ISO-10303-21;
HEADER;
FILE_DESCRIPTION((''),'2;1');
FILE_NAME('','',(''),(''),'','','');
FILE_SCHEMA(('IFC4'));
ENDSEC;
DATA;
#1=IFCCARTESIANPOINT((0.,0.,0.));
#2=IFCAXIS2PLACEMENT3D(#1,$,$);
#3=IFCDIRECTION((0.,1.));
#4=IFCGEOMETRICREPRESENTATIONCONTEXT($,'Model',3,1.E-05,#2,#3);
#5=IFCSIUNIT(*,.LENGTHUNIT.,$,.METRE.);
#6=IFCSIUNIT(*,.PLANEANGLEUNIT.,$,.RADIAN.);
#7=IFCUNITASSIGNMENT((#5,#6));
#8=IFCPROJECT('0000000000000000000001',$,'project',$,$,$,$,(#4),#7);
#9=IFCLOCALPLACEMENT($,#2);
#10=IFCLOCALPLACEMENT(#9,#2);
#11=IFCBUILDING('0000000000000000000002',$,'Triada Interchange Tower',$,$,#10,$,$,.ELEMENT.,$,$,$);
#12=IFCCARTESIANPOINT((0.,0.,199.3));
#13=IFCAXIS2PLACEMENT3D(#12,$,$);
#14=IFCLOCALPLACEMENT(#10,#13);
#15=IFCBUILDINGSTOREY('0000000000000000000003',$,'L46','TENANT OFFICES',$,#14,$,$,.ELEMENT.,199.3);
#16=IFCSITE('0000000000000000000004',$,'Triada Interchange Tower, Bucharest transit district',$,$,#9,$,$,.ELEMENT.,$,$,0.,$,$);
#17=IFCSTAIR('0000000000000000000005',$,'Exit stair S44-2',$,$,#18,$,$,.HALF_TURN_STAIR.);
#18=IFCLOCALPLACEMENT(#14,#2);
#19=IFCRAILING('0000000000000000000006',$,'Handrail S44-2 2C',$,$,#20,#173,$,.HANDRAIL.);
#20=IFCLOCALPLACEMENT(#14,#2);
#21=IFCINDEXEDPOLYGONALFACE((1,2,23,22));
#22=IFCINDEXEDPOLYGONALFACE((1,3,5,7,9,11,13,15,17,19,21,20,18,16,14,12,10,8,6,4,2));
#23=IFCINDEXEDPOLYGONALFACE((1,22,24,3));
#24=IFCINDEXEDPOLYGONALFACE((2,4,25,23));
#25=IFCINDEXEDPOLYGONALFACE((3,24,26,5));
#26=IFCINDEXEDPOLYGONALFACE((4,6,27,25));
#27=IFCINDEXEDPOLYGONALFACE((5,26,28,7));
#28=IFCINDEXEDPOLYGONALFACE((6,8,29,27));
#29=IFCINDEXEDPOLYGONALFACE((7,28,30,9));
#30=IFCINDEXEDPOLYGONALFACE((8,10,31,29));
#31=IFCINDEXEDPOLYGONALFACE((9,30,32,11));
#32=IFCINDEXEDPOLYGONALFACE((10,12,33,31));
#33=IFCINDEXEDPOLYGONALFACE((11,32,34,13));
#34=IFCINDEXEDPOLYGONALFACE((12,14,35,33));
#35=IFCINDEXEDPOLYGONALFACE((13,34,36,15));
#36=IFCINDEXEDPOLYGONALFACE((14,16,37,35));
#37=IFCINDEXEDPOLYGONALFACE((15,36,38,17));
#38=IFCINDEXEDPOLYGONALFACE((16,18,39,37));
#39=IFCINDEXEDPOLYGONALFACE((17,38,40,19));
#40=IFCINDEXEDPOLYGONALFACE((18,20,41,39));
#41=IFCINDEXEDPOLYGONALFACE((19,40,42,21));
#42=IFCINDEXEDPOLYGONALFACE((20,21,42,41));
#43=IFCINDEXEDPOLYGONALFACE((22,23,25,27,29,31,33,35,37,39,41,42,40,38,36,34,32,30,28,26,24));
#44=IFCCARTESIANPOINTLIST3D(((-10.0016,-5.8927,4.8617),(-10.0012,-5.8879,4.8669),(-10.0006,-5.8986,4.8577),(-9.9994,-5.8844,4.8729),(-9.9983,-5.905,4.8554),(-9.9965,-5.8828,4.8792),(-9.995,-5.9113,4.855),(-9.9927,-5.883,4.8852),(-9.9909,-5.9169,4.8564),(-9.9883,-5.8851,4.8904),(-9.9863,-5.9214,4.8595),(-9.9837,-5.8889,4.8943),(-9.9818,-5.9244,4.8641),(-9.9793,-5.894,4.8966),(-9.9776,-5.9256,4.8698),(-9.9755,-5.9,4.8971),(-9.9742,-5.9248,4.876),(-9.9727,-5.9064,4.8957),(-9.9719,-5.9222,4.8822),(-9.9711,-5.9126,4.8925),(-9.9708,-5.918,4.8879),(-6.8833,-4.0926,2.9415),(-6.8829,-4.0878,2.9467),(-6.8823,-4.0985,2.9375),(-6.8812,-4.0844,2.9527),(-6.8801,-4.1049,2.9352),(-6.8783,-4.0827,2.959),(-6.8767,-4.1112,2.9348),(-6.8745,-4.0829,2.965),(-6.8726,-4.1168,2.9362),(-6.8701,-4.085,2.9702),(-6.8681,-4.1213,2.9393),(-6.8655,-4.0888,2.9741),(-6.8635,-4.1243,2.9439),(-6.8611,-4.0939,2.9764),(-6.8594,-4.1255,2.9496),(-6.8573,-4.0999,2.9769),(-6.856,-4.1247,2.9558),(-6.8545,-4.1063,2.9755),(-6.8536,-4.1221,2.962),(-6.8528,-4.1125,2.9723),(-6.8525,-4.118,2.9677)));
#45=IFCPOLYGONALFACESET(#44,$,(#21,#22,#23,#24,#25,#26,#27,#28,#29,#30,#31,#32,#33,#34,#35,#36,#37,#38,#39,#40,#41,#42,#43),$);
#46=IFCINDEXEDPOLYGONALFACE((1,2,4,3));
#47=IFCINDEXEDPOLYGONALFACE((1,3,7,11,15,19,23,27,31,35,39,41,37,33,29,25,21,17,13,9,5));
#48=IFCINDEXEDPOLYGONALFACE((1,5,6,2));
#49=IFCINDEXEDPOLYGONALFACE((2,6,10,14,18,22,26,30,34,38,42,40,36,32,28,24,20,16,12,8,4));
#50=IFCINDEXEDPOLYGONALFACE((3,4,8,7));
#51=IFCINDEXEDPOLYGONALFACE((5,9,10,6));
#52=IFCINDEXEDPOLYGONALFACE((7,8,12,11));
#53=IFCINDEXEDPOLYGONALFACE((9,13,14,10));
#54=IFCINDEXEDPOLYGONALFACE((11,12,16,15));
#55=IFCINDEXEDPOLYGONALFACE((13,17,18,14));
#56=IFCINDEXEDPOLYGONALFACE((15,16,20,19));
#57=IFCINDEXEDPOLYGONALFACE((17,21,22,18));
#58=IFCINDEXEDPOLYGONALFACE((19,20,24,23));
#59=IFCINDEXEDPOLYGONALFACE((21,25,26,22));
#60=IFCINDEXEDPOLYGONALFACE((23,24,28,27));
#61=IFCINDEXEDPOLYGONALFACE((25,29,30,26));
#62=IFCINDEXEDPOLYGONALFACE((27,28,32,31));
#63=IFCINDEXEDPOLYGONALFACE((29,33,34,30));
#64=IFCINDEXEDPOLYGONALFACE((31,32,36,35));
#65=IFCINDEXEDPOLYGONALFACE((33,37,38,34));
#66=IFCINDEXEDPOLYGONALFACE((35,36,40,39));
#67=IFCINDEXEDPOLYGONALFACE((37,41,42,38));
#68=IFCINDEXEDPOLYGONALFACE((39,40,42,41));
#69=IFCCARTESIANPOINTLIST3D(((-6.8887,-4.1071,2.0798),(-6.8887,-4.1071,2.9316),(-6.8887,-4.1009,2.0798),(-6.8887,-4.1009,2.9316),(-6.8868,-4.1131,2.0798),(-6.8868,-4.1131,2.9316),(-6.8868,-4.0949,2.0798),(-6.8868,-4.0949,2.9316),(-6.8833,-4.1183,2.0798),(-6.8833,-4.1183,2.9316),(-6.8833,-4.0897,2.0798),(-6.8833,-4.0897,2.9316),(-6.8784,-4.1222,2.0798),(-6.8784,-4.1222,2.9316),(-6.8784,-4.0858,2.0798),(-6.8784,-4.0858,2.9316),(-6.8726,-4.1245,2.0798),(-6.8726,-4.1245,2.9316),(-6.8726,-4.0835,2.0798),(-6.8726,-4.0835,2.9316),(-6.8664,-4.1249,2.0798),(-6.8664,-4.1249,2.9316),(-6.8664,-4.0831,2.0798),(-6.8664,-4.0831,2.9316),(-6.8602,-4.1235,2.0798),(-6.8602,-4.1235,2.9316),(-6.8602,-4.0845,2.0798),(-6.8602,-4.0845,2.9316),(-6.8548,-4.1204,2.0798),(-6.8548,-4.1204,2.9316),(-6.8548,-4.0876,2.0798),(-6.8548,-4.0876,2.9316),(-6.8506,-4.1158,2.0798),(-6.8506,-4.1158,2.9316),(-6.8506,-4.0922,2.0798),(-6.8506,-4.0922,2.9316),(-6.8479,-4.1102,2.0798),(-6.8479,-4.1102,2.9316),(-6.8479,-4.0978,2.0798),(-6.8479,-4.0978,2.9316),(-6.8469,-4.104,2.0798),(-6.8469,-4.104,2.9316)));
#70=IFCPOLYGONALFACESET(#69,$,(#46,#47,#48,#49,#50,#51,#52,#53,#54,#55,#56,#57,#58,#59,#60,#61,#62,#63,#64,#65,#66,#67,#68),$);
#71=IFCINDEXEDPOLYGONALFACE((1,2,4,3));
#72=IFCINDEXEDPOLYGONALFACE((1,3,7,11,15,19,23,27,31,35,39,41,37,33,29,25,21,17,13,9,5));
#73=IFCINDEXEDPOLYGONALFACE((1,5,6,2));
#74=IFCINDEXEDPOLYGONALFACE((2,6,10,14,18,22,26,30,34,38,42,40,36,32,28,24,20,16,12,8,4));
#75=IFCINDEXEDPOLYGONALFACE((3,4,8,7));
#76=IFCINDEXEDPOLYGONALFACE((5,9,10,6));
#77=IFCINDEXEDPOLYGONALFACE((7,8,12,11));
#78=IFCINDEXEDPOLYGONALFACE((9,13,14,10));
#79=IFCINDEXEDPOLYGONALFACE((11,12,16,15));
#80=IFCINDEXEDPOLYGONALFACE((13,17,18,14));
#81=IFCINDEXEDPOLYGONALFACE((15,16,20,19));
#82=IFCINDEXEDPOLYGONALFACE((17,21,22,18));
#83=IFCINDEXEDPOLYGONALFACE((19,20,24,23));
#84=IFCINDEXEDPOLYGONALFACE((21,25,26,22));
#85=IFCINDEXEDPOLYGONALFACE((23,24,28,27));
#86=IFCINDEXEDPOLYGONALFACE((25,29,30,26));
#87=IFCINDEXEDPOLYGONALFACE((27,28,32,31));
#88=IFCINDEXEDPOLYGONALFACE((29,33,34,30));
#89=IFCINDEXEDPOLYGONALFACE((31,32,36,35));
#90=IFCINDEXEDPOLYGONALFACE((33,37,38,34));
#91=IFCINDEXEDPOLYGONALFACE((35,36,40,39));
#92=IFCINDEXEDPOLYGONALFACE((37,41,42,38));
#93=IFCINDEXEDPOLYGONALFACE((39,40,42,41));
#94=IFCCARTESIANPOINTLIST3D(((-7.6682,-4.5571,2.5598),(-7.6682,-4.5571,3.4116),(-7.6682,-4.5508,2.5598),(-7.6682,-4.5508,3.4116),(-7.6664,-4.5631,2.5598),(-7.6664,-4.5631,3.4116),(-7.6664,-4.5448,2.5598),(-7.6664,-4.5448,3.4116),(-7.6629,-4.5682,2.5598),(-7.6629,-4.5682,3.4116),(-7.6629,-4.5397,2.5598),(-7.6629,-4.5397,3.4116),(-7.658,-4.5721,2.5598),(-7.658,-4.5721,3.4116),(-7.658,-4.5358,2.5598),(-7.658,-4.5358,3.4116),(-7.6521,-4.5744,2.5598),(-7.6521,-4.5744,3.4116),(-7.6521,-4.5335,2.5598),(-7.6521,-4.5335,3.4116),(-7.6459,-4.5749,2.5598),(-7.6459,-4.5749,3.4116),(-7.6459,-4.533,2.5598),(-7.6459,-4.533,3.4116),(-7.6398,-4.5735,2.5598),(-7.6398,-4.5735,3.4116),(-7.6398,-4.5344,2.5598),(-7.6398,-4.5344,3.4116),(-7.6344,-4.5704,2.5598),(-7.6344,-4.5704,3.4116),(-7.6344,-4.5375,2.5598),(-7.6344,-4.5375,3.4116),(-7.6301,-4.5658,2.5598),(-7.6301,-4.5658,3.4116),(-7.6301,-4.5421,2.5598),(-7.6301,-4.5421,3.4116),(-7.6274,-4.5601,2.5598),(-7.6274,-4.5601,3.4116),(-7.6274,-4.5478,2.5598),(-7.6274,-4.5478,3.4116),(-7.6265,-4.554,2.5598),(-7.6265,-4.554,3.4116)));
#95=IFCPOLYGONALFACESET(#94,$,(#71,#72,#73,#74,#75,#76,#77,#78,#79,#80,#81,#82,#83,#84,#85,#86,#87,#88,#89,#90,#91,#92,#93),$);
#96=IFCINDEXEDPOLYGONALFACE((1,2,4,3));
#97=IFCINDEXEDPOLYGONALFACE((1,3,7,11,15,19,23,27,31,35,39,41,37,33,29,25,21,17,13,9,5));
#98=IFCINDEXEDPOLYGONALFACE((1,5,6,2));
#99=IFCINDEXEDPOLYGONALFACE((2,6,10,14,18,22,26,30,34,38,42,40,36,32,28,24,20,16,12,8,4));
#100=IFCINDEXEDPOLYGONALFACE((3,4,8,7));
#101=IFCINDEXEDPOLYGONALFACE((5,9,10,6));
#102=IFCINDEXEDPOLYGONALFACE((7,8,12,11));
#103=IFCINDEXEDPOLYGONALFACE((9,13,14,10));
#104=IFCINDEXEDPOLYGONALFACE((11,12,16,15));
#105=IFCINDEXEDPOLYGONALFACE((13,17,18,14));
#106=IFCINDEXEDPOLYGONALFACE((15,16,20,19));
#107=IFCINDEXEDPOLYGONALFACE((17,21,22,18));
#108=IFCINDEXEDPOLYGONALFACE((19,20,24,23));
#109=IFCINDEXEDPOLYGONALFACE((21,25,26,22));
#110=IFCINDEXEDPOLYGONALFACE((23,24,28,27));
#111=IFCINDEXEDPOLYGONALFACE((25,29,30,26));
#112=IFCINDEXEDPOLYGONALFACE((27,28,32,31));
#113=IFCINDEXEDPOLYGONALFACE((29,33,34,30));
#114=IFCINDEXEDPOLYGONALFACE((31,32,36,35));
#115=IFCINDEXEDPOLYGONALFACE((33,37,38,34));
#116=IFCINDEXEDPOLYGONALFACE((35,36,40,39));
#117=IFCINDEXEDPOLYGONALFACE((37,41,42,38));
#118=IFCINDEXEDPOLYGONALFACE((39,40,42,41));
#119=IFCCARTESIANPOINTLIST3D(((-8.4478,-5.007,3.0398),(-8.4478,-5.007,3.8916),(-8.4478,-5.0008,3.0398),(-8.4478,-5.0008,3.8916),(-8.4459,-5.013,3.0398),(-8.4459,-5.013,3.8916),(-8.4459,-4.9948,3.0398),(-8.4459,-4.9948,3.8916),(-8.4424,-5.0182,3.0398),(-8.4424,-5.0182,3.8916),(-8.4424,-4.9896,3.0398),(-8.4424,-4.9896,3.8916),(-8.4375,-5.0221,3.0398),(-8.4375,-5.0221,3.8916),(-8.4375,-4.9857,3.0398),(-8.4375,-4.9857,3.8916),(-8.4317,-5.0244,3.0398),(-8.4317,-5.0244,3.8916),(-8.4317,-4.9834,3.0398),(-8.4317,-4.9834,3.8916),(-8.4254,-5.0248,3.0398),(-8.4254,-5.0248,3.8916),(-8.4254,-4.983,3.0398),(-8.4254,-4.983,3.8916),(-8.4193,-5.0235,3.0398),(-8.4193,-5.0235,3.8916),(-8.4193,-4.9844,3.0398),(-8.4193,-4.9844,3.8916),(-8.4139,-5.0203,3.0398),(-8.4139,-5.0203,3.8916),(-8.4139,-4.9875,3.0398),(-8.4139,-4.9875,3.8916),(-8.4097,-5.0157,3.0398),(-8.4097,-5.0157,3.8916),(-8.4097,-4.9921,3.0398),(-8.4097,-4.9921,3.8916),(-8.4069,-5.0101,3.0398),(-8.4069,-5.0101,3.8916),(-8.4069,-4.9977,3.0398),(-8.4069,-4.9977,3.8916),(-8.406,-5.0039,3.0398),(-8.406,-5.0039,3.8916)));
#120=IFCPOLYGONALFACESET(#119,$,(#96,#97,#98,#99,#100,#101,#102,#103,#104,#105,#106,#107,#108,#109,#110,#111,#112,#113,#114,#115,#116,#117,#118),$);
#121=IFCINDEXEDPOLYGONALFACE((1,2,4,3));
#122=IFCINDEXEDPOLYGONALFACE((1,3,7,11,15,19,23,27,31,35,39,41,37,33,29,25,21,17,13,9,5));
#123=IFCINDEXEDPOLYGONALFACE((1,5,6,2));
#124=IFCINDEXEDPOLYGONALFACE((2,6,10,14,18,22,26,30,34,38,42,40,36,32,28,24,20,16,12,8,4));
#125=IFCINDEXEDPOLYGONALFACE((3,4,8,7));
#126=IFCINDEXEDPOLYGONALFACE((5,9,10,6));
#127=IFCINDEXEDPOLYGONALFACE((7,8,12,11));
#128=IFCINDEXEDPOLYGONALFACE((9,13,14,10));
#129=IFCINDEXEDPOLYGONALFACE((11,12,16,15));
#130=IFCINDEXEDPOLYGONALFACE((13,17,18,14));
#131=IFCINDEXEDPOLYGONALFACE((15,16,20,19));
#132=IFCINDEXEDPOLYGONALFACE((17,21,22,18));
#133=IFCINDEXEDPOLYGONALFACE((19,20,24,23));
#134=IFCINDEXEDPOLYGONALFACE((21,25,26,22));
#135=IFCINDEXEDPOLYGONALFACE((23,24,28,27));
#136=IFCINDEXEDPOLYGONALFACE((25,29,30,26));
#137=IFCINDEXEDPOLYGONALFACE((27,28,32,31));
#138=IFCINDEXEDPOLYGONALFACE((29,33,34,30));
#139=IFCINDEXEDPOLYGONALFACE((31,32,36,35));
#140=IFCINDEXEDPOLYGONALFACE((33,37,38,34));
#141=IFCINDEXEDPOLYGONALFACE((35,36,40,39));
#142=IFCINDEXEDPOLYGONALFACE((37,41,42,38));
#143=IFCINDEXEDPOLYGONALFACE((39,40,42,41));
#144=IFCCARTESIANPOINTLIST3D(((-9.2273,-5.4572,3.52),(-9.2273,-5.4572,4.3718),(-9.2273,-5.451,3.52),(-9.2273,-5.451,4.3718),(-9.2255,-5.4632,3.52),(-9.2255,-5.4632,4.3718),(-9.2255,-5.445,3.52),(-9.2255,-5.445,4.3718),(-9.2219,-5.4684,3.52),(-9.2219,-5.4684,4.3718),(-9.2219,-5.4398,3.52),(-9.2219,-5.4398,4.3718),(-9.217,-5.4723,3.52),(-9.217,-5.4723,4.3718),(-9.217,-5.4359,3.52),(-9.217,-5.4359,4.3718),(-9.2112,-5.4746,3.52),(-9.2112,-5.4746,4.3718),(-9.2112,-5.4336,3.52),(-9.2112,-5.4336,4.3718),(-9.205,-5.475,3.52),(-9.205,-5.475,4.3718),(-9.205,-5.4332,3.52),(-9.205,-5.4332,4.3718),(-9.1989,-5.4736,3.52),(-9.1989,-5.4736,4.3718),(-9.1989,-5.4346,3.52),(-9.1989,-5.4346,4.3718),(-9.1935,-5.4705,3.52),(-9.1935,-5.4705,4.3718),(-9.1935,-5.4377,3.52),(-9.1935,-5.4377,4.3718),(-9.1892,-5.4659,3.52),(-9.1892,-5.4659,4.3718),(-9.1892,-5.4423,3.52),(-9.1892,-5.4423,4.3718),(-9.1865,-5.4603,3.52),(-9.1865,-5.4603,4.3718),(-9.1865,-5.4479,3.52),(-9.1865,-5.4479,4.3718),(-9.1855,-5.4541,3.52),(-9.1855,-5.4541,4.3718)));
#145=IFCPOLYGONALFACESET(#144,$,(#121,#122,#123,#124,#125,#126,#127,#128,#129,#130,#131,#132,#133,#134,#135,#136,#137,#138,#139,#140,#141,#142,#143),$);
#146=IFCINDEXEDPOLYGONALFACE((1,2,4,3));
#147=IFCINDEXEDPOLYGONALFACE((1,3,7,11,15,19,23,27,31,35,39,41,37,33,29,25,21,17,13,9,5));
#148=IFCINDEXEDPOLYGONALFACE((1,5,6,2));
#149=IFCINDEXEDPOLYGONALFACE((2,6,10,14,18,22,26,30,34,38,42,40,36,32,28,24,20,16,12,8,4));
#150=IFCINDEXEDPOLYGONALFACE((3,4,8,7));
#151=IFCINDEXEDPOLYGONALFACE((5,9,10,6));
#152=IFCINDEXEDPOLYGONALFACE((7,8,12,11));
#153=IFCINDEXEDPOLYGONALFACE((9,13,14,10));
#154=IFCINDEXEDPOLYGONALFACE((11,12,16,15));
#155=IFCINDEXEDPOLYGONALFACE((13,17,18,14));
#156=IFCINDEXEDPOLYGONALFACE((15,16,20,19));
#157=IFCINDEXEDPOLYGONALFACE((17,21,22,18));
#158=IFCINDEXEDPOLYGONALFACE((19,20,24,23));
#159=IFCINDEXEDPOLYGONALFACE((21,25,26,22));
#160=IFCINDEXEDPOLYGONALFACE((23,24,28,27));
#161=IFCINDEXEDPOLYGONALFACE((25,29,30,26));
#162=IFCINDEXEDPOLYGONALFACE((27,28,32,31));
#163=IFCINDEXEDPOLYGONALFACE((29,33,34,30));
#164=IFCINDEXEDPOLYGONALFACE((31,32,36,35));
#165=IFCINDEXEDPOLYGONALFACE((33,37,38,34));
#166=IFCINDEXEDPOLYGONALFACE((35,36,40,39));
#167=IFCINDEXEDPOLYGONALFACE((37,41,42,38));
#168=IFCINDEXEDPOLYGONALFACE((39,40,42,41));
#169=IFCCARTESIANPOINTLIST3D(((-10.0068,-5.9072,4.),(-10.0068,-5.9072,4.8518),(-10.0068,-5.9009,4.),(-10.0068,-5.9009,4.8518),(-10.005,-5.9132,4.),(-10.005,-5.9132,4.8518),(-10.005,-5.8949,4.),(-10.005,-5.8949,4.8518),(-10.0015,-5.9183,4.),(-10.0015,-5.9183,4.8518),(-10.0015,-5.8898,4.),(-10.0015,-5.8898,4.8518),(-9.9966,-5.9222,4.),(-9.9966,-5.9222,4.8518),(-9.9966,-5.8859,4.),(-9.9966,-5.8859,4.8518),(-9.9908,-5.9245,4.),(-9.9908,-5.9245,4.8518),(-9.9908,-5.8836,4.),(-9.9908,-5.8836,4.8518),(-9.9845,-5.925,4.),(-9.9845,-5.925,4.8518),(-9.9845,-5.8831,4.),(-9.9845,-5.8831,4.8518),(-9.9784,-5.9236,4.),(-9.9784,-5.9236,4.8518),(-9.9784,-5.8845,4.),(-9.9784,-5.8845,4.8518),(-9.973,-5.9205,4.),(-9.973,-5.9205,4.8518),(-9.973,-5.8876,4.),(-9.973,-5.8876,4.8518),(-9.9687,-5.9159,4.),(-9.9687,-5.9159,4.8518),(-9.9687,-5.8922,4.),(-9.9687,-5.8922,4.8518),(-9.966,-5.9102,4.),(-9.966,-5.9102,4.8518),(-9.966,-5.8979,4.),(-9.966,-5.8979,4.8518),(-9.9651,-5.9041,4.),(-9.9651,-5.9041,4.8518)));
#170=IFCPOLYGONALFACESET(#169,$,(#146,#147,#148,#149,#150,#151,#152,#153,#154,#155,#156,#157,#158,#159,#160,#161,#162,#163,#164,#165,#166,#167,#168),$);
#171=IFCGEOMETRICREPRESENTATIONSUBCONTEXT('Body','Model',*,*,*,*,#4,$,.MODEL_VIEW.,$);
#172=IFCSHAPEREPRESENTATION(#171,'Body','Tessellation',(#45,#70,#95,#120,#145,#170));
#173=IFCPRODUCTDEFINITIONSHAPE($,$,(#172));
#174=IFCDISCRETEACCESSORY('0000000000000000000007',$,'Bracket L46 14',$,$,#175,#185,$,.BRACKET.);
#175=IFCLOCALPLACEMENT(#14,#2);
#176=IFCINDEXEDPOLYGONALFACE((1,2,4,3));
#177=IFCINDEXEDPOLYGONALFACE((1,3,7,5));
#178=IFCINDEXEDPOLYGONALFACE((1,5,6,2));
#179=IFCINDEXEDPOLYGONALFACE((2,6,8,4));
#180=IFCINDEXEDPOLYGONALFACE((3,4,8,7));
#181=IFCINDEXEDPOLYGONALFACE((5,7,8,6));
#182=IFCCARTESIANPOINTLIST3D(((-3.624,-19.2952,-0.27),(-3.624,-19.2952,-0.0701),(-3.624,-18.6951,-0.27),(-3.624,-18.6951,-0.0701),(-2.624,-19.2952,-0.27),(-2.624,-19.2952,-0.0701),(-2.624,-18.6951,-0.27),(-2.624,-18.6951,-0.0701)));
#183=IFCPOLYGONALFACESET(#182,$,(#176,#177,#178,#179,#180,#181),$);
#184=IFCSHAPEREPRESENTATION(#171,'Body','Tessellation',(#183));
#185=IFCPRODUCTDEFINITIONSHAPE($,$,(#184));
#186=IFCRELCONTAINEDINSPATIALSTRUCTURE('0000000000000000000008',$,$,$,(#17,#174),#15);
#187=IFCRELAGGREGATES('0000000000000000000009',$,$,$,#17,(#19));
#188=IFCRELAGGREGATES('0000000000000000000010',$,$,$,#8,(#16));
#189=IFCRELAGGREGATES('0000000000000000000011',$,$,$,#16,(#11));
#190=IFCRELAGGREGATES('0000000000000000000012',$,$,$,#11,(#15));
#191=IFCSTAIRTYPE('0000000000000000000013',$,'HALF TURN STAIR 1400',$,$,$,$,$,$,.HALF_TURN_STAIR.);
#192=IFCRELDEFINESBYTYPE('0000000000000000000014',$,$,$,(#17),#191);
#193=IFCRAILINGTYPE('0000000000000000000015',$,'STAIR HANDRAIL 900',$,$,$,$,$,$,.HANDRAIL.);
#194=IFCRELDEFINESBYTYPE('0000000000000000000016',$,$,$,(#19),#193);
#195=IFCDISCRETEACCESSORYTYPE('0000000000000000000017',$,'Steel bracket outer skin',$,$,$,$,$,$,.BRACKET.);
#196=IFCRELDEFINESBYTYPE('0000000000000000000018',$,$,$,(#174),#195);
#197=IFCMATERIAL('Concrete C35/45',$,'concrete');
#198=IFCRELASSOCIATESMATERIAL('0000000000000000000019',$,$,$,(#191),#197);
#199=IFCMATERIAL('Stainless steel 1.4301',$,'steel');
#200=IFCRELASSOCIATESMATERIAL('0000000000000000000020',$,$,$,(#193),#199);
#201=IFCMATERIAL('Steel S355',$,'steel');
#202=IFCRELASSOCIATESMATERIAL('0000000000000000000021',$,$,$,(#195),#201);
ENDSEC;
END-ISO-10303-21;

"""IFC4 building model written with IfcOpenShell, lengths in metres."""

from ifc_helpers import new_model, si_unit, direction, frame, origin, origin_2d, place, context, subcontext, project, spatial, rectangle, circle, extrude, material, type_object, element, aggregate, save


model = new_model("IFC4")

# Units and contexts
model_context = context("Model", 3, precision=1e-05, world=origin(), true_north=direction((0.0, 1.0)))
body_context = subcontext(model_context, "Body", "Model", "MODEL_VIEW")
ifc_project = project(units=[si_unit("LENGTHUNIT", "METRE"), si_unit("PLANEANGLEUNIT", "RADIAN")], contexts=[model_context])

# Site, building, storey
site_placement = place(None, origin())
site = spatial("IfcSite", under=ifc_project, at=site_placement, Name="Triada Interchange Tower, Bucharest transit district", CompositionType="ELEMENT", RefElevation=0.0)
building_placement = place(site_placement, origin())
building = spatial("IfcBuilding", under=site, at=building_placement, Name="Triada Interchange Tower", CompositionType="ELEMENT")
storey_placement = place(building_placement, frame((0.0, 0.0, 199.3)))
storey = spatial("IfcBuildingStorey", under=building, at=storey_placement, Name="L46", Description="TENANT OFFICES", CompositionType="ELEMENT", Elevation=199.3)

# Stair
ifc_material_1 = material(Name="Concrete C35/45", Category="concrete")
stair_type = type_object("IfcStairType", Name="HALF TURN STAIR 1400", PredefinedType="HALF_TURN_STAIR", material=ifc_material_1)
stair_placement = place(storey_placement, origin())
stair = element("IfcStair", 1, at=stair_placement, inside=storey, type_object=stair_type, Name="Exit stair S44-2", PredefinedType="HALF_TURN_STAIR")

# Railing
ifc_material_2 = material(Name="Stainless steel 1.4301", Category="steel")
railing_type = type_object("IfcRailingType", Name="STAIR HANDRAIL 900", PredefinedType="HANDRAIL", material=ifc_material_2)
railing_1_placement = place(storey_placement, frame((-6.8679, -4.104, 2.0798)))
railing_1 = element("IfcRailing", 2, at=railing_1_placement, type_object=railing_type, Name="Handrail S44-2 2C", PredefinedType="HANDRAIL", context=body_context, shape_type="SweptSolid", body=[
    extrude(circle(Radius=0.0239, at=origin_2d()), frame((0.0, 0.0, 0.876), z_axis=(-0.76417, -0.441139, 0.470576), x_axis=(0.499953, -0.866052, 0.0)), (0.0, 0.0, 1.0), 4.0806),
    extrude(circle(Radius=0.021, at=origin_2d()), origin(), (0.0, 0.0, 1.0), 0.8518),
    extrude(circle(Radius=0.021, at=origin_2d()), frame((-0.7795, -0.45, 0.48)), (0.0, 0.0, 1.0), 0.8518),
    extrude(circle(Radius=0.021, at=origin_2d()), frame((-1.5591, -0.8999, 0.96)), (0.0, 0.0, 1.0), 0.8518),
    extrude(circle(Radius=0.021, at=origin_2d()), frame((-2.3386, -1.3501, 1.4402)), (0.0, 0.0, 1.0), 0.8518),
    extrude(circle(Radius=0.021, at=origin_2d()), frame((-3.1182, -1.8, 1.9202)), (0.0, 0.0, 1.0), 0.8518),
])
aggregate(stair, [railing_1])

# Discrete accessory
ifc_material_3 = material(Name="Steel S355", Category="steel")
discrete_accessory_type = type_object("IfcDiscreteAccessoryType", Name="Steel bracket outer skin", PredefinedType="BRACKET", material=ifc_material_3)
discrete_accessory_placement = place(storey_placement, frame((-3.124, -18.9951, -0.27), z_axis=(0.0, 0.0, 1.0), x_axis=(0.0, -1.0, 0.0)))
element("IfcDiscreteAccessory", 3, at=discrete_accessory_placement, inside=storey, type_object=discrete_accessory_type, Name="Bracket L46 14", PredefinedType="BRACKET", context=body_context, shape_type="SweptSolid", body=[
    extrude(rectangle(XDim=0.6001, YDim=1.0, at=origin_2d()), origin(), (0.0, 0.0, 1.0), 0.2),
])

save(model, "model.ifc")
